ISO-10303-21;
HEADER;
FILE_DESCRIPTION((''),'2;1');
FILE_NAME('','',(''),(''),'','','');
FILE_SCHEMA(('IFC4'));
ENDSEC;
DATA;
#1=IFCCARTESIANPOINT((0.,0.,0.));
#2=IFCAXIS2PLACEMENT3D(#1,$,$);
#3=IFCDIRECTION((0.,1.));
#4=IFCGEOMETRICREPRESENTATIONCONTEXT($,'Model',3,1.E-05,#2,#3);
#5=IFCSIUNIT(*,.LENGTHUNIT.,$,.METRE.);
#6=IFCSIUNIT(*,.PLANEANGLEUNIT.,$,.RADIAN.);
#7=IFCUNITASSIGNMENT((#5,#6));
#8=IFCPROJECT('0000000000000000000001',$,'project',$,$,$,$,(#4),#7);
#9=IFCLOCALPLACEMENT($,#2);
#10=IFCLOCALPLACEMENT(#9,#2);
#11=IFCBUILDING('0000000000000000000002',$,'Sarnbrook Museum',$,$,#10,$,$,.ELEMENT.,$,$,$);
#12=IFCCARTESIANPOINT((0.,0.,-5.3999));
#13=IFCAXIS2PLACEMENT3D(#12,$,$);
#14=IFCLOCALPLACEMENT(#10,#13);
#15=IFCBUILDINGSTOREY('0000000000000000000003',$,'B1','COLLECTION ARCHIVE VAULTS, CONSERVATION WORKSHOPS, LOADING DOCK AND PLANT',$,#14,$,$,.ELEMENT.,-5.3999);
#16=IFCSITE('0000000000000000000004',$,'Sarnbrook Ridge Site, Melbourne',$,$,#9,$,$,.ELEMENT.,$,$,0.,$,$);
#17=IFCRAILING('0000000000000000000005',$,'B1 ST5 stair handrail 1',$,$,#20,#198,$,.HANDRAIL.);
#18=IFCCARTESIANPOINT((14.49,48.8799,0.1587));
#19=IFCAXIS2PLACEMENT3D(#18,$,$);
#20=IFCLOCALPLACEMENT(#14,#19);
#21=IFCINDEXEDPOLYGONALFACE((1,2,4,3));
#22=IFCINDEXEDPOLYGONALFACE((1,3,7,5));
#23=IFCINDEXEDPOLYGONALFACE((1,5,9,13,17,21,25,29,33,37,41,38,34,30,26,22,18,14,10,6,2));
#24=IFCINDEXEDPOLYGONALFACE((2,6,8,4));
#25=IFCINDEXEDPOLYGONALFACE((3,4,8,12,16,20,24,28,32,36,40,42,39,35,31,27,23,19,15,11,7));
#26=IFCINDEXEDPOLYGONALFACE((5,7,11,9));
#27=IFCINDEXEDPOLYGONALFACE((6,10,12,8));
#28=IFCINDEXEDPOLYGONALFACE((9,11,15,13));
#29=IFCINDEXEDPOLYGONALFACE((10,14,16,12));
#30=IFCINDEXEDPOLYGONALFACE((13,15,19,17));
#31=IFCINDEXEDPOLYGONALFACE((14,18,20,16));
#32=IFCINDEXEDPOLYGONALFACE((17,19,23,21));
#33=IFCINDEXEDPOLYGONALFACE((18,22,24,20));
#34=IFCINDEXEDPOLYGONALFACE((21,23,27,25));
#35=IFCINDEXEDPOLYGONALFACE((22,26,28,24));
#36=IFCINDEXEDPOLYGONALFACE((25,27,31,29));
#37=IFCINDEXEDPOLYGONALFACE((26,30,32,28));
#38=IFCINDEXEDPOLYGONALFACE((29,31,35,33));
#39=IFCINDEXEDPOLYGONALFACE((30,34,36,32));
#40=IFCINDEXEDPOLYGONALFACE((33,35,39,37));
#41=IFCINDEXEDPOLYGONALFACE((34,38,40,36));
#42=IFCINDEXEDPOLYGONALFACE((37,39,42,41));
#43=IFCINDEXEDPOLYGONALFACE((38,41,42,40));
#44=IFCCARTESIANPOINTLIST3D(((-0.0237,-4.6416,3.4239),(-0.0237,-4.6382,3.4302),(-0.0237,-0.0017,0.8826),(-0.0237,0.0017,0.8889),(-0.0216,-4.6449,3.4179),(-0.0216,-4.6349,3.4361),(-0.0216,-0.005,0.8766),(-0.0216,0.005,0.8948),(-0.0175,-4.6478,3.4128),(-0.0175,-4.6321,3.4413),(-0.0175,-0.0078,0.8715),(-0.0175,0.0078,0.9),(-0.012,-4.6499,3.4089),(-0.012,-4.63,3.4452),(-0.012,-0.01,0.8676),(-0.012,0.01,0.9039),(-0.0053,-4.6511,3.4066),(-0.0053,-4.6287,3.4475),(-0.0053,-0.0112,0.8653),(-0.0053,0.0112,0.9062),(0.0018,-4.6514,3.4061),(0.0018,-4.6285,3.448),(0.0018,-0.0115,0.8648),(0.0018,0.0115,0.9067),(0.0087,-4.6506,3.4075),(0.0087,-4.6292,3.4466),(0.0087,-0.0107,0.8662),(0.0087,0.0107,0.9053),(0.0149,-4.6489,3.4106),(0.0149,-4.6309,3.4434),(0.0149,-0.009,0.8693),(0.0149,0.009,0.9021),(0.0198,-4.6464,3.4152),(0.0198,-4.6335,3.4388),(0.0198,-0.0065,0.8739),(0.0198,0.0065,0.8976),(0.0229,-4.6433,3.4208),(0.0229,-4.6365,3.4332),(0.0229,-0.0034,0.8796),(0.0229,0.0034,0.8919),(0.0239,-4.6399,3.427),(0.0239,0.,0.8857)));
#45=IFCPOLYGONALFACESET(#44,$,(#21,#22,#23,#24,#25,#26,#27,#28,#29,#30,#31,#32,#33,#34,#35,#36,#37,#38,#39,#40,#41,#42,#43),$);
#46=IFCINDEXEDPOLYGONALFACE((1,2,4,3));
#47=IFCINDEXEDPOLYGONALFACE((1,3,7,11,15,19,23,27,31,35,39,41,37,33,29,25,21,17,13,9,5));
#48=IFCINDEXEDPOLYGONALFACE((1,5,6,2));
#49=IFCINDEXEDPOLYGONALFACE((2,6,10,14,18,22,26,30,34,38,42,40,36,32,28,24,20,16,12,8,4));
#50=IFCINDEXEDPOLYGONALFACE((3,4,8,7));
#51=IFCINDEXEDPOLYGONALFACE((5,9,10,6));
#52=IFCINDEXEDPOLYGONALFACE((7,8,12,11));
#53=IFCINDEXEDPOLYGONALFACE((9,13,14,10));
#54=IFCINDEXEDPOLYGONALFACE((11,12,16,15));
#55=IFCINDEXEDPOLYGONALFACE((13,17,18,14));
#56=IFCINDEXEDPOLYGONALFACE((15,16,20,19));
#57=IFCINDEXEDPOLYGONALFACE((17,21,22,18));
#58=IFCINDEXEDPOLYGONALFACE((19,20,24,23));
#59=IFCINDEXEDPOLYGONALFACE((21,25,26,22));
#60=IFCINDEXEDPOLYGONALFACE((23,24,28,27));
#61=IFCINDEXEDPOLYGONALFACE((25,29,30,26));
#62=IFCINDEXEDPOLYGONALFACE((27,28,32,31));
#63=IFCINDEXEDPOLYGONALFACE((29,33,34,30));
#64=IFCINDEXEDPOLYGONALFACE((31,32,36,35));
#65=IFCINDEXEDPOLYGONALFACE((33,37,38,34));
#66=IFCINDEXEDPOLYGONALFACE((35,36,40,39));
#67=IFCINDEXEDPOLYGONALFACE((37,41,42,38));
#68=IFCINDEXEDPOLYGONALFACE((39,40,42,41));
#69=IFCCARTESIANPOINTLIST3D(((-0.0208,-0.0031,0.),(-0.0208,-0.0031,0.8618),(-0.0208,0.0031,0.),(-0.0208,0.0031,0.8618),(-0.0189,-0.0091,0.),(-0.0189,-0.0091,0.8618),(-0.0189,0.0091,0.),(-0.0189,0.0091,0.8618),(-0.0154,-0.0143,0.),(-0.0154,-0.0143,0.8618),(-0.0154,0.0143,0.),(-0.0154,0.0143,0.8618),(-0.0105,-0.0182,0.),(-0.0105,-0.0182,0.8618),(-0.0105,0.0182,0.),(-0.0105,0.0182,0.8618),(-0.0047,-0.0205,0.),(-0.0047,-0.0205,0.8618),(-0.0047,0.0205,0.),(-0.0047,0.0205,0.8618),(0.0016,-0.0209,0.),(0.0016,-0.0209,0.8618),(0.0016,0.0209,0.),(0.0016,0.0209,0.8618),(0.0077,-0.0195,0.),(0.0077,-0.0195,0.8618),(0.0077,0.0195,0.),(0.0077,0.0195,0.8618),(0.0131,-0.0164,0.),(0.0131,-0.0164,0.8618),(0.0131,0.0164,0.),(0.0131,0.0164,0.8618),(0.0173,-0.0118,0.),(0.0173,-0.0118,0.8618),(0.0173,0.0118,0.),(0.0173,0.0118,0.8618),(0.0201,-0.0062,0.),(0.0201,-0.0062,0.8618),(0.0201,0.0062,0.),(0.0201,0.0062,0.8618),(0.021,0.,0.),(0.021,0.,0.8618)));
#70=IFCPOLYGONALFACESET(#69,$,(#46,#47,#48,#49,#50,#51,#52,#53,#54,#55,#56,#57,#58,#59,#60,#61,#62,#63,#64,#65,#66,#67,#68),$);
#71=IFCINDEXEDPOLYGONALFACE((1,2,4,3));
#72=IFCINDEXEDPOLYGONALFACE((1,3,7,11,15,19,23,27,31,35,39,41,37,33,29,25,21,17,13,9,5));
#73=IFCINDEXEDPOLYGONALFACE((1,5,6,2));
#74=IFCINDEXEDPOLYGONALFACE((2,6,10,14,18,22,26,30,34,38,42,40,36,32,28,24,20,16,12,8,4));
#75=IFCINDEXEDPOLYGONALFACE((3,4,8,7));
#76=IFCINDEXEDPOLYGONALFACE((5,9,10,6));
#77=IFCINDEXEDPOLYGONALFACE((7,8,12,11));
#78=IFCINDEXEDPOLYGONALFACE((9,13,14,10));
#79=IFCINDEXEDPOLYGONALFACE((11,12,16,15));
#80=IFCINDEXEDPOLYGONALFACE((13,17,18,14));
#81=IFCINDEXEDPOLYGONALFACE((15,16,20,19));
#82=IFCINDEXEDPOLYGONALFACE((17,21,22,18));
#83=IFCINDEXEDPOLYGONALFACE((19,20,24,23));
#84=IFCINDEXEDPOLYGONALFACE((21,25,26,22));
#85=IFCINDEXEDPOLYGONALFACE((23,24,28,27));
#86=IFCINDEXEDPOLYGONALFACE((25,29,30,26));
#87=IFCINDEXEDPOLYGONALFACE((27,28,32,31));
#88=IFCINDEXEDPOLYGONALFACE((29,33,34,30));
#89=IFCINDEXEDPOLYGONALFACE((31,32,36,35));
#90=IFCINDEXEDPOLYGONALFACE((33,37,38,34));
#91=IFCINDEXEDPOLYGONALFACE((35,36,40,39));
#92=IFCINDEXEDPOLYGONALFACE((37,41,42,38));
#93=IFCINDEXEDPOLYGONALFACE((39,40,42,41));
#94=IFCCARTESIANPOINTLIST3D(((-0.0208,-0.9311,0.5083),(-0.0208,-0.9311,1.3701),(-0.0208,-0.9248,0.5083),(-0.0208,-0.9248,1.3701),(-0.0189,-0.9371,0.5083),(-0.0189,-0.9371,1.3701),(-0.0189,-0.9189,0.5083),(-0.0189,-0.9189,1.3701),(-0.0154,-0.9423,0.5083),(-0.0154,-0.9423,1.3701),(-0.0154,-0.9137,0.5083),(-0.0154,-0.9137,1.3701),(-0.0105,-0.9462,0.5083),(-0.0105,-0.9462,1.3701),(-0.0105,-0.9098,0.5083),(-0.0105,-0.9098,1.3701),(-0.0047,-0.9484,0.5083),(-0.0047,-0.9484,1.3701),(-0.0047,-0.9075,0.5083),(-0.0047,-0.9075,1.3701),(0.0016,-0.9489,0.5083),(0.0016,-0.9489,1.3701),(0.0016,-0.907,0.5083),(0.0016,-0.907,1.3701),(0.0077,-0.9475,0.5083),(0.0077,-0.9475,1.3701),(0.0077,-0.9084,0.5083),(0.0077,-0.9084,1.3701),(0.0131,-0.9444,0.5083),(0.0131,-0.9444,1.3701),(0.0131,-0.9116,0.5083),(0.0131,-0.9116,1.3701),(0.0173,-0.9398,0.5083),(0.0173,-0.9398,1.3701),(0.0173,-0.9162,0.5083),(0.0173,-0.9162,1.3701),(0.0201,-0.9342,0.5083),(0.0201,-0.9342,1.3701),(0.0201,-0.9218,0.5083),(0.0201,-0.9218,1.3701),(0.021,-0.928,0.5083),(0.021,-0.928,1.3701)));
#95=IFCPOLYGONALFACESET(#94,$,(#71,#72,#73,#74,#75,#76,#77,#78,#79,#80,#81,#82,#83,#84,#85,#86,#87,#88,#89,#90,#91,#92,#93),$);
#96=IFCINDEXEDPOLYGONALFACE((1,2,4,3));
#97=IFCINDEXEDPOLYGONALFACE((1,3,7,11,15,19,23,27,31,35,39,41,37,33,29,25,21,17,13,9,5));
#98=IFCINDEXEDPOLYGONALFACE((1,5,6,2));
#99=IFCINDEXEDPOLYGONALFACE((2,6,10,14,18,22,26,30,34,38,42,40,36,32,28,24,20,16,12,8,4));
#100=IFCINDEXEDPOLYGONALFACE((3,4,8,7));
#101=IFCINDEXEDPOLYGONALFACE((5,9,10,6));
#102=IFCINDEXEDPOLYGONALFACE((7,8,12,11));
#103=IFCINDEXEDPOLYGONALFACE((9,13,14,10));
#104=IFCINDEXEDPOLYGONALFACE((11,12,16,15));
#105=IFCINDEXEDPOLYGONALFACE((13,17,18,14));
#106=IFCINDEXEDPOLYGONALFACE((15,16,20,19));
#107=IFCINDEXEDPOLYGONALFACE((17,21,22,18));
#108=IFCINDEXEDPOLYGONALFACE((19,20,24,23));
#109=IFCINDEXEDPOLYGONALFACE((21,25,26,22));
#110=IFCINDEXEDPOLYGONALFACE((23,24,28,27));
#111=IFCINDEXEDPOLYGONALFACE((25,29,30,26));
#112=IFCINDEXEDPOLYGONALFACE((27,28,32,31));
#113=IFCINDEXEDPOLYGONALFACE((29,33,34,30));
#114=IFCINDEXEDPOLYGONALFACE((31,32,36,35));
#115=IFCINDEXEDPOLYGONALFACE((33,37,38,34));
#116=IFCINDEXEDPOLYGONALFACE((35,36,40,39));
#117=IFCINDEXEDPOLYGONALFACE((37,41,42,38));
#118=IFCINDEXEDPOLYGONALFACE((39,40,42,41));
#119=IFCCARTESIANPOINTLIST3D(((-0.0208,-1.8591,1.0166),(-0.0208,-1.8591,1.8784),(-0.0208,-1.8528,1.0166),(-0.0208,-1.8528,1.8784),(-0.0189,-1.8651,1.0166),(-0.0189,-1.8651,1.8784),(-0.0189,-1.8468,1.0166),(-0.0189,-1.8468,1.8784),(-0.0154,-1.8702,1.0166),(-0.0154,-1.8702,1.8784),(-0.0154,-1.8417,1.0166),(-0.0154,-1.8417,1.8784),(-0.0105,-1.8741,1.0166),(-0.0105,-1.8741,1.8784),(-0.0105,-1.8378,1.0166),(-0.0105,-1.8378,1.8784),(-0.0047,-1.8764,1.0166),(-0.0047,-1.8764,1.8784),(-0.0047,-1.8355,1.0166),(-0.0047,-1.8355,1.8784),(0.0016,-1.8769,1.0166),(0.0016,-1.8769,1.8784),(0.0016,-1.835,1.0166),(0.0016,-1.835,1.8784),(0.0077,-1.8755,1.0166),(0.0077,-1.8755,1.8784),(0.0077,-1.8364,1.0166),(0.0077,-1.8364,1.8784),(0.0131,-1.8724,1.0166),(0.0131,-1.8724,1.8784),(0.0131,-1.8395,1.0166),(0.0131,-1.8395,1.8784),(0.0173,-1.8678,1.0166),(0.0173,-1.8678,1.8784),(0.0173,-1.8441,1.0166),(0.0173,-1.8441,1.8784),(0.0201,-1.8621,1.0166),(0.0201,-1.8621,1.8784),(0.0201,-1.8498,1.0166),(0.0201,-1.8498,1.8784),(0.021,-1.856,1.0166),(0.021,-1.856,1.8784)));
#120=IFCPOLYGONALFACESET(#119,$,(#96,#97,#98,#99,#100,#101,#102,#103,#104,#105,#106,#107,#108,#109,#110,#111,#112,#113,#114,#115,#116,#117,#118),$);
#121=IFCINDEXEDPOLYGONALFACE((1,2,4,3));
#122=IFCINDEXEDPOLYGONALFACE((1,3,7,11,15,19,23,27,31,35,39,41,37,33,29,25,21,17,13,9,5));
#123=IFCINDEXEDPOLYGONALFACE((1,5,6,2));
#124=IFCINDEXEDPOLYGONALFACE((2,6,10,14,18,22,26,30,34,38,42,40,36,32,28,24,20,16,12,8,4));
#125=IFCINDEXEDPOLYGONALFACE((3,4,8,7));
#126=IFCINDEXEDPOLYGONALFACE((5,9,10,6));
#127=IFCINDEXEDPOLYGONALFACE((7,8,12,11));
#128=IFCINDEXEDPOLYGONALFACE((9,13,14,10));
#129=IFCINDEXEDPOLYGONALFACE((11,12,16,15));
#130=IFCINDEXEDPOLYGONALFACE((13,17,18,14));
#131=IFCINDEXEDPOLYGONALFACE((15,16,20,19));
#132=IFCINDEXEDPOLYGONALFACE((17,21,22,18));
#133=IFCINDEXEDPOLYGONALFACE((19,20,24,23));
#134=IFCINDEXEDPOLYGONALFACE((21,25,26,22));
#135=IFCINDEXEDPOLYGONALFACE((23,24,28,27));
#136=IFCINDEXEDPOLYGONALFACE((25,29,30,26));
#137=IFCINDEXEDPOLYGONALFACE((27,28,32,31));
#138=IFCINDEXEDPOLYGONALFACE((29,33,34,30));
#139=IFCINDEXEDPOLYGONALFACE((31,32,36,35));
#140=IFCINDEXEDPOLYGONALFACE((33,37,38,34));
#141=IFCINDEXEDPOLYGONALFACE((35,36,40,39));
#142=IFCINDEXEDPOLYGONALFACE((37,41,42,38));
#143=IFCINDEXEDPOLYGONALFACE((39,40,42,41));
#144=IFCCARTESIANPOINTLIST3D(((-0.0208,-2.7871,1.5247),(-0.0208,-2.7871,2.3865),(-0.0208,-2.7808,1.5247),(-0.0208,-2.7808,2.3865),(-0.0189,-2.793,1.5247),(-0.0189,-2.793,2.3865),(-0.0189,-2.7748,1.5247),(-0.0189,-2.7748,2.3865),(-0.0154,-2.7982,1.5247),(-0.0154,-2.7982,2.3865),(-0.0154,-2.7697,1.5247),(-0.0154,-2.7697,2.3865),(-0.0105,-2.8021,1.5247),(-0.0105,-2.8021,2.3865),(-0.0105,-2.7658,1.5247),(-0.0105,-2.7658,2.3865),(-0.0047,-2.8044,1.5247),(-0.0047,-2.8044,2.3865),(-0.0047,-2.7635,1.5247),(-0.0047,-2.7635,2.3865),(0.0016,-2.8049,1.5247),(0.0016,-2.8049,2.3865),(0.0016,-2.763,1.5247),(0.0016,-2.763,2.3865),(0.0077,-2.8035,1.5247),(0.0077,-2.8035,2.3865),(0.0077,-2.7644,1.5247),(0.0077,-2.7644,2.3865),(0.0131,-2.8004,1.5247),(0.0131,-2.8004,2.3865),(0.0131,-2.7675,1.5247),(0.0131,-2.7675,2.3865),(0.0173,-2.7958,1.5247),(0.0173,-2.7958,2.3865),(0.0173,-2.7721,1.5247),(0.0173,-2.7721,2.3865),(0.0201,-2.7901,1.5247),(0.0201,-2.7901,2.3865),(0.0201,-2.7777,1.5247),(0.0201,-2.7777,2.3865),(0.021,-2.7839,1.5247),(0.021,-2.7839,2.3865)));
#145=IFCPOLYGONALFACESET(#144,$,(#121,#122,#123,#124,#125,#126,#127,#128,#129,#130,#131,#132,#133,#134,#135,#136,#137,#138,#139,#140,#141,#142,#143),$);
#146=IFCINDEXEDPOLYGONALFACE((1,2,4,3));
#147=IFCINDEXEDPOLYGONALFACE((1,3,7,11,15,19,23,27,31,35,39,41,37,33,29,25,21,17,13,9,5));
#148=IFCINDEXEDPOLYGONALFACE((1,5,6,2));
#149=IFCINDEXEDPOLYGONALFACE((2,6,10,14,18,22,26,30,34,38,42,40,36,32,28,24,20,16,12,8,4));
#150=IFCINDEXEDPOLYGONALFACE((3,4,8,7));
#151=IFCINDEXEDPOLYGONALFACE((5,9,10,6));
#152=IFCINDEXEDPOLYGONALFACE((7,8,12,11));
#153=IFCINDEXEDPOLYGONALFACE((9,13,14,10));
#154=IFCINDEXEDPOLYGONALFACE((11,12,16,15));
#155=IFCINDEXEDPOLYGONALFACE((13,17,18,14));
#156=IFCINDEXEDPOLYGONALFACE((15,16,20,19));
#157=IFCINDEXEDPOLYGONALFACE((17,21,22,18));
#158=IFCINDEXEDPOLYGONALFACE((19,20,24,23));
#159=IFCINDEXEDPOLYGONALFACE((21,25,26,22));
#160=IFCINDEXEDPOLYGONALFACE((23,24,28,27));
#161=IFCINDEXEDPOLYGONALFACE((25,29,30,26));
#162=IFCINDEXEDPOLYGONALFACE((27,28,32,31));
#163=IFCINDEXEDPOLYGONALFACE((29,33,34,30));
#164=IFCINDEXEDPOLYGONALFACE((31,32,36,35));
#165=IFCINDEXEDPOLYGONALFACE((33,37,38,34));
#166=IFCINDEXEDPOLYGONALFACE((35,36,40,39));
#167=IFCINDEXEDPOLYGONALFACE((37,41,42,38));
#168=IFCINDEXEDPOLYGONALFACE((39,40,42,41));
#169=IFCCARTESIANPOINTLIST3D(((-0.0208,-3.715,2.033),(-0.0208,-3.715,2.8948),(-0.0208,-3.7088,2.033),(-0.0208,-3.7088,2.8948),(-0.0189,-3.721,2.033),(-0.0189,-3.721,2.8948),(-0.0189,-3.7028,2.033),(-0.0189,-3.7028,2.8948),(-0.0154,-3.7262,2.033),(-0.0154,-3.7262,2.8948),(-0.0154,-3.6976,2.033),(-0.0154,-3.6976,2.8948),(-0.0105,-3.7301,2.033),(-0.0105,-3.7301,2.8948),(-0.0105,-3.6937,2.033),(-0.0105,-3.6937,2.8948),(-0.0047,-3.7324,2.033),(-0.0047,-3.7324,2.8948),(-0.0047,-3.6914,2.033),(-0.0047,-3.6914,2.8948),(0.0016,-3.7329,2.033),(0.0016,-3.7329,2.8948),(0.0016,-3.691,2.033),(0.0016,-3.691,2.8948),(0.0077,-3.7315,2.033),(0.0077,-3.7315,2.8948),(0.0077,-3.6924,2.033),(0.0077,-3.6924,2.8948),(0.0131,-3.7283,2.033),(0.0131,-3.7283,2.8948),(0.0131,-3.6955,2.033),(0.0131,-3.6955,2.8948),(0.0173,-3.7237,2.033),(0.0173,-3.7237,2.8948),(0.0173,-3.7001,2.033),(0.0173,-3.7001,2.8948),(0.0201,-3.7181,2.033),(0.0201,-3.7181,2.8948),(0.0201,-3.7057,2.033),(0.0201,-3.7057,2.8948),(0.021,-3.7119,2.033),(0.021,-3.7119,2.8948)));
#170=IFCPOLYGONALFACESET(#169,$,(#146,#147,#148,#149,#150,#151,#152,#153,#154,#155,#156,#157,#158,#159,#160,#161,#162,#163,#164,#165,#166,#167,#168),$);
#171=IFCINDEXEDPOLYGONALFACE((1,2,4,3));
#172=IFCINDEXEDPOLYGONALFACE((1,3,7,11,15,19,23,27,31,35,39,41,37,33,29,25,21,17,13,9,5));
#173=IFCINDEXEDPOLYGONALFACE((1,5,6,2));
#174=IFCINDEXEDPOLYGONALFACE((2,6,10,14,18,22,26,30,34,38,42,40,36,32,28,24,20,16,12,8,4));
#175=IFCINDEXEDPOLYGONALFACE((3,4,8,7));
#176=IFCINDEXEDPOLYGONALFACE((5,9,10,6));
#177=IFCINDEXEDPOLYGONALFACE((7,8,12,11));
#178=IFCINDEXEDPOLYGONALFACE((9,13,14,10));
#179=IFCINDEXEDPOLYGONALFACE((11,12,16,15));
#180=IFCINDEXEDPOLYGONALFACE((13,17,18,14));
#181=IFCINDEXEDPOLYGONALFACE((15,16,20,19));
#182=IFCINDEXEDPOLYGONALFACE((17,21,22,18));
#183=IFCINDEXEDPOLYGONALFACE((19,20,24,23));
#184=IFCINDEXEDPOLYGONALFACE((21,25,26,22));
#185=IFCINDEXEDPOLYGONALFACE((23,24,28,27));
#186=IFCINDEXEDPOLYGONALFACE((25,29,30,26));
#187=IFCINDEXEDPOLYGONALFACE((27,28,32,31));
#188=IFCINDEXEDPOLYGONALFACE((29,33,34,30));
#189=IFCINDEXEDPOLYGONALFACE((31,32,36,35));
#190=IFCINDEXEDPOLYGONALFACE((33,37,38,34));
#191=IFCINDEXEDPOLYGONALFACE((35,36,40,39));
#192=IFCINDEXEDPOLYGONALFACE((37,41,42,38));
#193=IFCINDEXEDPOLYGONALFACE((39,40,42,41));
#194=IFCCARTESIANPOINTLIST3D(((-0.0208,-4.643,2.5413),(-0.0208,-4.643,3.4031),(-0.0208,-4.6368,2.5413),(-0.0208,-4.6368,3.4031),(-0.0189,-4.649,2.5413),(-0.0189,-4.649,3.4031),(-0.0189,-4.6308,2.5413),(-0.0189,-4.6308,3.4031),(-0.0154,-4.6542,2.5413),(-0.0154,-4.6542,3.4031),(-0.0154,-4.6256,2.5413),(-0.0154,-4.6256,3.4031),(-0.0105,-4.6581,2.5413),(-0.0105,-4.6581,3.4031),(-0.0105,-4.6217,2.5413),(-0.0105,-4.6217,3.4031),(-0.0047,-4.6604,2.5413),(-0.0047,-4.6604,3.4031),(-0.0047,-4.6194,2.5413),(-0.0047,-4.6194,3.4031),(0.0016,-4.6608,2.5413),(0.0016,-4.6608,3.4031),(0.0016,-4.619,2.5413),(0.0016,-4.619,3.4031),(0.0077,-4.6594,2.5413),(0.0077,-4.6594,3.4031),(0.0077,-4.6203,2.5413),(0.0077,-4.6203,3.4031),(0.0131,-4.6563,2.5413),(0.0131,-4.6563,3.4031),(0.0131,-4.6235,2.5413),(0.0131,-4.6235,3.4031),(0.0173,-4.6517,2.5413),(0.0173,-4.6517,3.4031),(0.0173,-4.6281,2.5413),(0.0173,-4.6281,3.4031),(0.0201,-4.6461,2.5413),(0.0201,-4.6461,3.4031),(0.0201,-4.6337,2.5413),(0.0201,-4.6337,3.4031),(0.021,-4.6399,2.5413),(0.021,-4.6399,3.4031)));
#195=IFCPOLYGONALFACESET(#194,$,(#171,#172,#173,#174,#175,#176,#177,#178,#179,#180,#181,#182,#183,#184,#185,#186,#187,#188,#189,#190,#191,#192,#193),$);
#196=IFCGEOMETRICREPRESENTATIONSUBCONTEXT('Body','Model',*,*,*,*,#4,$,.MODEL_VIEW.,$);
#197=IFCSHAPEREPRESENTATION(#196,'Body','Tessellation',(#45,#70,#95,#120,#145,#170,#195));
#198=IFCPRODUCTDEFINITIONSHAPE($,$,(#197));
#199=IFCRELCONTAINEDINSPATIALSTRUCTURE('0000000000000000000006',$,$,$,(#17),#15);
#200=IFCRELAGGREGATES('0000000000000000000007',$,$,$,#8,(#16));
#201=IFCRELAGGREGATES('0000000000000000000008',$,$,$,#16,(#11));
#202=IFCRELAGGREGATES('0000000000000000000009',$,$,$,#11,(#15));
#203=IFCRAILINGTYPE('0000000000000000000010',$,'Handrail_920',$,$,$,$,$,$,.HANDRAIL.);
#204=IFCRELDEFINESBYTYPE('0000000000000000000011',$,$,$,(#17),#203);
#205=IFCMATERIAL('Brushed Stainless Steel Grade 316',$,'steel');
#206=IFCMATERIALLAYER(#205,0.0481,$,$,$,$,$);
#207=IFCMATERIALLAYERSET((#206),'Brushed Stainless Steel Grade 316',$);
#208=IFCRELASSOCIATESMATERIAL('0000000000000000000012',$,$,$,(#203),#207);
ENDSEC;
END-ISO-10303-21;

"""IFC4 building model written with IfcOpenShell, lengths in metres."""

from ifc_helpers import new_model, si_unit, direction, frame, origin, origin_2d, place, context, subcontext, project, spatial, circle, extrude, material, layer, layer_set, type_object, element, save


model = new_model("IFC4")

# Units and contexts
model_context = context("Model", 3, precision=1e-05, world=origin(), true_north=direction((0.0, 1.0)))
body_context = subcontext(model_context, "Body", "Model", "MODEL_VIEW")
ifc_project = project(units=[si_unit("LENGTHUNIT", "METRE"), si_unit("PLANEANGLEUNIT", "RADIAN")], contexts=[model_context])

# Site, building, storey
site_placement = place(None, origin())
site = spatial("IfcSite", under=ifc_project, at=site_placement, Name="Sarnbrook Ridge Site, Melbourne", CompositionType="ELEMENT", RefElevation=0.0)
building_placement = place(site_placement, origin())
building = spatial("IfcBuilding", under=site, at=building_placement, Name="Sarnbrook Museum", CompositionType="ELEMENT")
storey_placement = place(building_placement, frame((0.0, 0.0, -5.3999)))
storey = spatial("IfcBuildingStorey", under=building, at=storey_placement, Name="B1", Description="COLLECTION ARCHIVE VAULTS, CONSERVATION WORKSHOPS, LOADING DOCK AND PLANT", CompositionType="ELEMENT", Elevation=-5.3999)

# Shared definitions
ifc_material_1 = material(Name="Brushed Stainless Steel Grade 316", Category="steel")

# Railing
ifc_layer_1 = layer(ifc_material_1, 0.0481)
ifc_layer_set_1 = layer_set([ifc_layer_1], Name="Brushed Stainless Steel Grade 316")
railing_type_1 = type_object("IfcRailingType", Name="Handrail_920", PredefinedType="HANDRAIL", material=ifc_layer_set_1)
railing_1_placement = place(storey_placement, frame((14.49, 48.8799, 0.1587)))
element("IfcRailing", 1, at=railing_1_placement, inside=storey, type_object=railing_type_1, Name="B1 ST5 stair handrail 1", PredefinedType="HANDRAIL", context=body_context, shape_type="SweptSolid", body=[
    extrude(circle(Radius=0.0239, at=origin_2d()), frame((0.0, 0.0, 0.8857), z_axis=(0.0, -0.877067, 0.480368), x_axis=(1.0, 0.0, 0.0)), (0.0, 0.0, 1.0), 5.2903),
    extrude(circle(Radius=0.021, at=origin_2d()), origin(), (0.0, 0.0, 1.0), 0.8618),
    extrude(circle(Radius=0.021, at=origin_2d()), frame((0.0, -0.928, 0.5083)), (0.0, 0.0, 1.0), 0.8618),
    extrude(circle(Radius=0.021, at=origin_2d()), frame((0.0, -1.856, 1.0166)), (0.0, 0.0, 1.0), 0.8618),
    extrude(circle(Radius=0.021, at=origin_2d()), frame((0.0, -2.7839, 1.5247)), (0.0, 0.0, 1.0), 0.8618),
    extrude(circle(Radius=0.021, at=origin_2d()), frame((0.0, -3.7119, 2.033)), (0.0, 0.0, 1.0), 0.8618),
    extrude(circle(Radius=0.021, at=origin_2d()), frame((0.0, -4.6399, 2.5413)), (0.0, 0.0, 1.0), 0.8618),
])

save(model, "model.ifc")
